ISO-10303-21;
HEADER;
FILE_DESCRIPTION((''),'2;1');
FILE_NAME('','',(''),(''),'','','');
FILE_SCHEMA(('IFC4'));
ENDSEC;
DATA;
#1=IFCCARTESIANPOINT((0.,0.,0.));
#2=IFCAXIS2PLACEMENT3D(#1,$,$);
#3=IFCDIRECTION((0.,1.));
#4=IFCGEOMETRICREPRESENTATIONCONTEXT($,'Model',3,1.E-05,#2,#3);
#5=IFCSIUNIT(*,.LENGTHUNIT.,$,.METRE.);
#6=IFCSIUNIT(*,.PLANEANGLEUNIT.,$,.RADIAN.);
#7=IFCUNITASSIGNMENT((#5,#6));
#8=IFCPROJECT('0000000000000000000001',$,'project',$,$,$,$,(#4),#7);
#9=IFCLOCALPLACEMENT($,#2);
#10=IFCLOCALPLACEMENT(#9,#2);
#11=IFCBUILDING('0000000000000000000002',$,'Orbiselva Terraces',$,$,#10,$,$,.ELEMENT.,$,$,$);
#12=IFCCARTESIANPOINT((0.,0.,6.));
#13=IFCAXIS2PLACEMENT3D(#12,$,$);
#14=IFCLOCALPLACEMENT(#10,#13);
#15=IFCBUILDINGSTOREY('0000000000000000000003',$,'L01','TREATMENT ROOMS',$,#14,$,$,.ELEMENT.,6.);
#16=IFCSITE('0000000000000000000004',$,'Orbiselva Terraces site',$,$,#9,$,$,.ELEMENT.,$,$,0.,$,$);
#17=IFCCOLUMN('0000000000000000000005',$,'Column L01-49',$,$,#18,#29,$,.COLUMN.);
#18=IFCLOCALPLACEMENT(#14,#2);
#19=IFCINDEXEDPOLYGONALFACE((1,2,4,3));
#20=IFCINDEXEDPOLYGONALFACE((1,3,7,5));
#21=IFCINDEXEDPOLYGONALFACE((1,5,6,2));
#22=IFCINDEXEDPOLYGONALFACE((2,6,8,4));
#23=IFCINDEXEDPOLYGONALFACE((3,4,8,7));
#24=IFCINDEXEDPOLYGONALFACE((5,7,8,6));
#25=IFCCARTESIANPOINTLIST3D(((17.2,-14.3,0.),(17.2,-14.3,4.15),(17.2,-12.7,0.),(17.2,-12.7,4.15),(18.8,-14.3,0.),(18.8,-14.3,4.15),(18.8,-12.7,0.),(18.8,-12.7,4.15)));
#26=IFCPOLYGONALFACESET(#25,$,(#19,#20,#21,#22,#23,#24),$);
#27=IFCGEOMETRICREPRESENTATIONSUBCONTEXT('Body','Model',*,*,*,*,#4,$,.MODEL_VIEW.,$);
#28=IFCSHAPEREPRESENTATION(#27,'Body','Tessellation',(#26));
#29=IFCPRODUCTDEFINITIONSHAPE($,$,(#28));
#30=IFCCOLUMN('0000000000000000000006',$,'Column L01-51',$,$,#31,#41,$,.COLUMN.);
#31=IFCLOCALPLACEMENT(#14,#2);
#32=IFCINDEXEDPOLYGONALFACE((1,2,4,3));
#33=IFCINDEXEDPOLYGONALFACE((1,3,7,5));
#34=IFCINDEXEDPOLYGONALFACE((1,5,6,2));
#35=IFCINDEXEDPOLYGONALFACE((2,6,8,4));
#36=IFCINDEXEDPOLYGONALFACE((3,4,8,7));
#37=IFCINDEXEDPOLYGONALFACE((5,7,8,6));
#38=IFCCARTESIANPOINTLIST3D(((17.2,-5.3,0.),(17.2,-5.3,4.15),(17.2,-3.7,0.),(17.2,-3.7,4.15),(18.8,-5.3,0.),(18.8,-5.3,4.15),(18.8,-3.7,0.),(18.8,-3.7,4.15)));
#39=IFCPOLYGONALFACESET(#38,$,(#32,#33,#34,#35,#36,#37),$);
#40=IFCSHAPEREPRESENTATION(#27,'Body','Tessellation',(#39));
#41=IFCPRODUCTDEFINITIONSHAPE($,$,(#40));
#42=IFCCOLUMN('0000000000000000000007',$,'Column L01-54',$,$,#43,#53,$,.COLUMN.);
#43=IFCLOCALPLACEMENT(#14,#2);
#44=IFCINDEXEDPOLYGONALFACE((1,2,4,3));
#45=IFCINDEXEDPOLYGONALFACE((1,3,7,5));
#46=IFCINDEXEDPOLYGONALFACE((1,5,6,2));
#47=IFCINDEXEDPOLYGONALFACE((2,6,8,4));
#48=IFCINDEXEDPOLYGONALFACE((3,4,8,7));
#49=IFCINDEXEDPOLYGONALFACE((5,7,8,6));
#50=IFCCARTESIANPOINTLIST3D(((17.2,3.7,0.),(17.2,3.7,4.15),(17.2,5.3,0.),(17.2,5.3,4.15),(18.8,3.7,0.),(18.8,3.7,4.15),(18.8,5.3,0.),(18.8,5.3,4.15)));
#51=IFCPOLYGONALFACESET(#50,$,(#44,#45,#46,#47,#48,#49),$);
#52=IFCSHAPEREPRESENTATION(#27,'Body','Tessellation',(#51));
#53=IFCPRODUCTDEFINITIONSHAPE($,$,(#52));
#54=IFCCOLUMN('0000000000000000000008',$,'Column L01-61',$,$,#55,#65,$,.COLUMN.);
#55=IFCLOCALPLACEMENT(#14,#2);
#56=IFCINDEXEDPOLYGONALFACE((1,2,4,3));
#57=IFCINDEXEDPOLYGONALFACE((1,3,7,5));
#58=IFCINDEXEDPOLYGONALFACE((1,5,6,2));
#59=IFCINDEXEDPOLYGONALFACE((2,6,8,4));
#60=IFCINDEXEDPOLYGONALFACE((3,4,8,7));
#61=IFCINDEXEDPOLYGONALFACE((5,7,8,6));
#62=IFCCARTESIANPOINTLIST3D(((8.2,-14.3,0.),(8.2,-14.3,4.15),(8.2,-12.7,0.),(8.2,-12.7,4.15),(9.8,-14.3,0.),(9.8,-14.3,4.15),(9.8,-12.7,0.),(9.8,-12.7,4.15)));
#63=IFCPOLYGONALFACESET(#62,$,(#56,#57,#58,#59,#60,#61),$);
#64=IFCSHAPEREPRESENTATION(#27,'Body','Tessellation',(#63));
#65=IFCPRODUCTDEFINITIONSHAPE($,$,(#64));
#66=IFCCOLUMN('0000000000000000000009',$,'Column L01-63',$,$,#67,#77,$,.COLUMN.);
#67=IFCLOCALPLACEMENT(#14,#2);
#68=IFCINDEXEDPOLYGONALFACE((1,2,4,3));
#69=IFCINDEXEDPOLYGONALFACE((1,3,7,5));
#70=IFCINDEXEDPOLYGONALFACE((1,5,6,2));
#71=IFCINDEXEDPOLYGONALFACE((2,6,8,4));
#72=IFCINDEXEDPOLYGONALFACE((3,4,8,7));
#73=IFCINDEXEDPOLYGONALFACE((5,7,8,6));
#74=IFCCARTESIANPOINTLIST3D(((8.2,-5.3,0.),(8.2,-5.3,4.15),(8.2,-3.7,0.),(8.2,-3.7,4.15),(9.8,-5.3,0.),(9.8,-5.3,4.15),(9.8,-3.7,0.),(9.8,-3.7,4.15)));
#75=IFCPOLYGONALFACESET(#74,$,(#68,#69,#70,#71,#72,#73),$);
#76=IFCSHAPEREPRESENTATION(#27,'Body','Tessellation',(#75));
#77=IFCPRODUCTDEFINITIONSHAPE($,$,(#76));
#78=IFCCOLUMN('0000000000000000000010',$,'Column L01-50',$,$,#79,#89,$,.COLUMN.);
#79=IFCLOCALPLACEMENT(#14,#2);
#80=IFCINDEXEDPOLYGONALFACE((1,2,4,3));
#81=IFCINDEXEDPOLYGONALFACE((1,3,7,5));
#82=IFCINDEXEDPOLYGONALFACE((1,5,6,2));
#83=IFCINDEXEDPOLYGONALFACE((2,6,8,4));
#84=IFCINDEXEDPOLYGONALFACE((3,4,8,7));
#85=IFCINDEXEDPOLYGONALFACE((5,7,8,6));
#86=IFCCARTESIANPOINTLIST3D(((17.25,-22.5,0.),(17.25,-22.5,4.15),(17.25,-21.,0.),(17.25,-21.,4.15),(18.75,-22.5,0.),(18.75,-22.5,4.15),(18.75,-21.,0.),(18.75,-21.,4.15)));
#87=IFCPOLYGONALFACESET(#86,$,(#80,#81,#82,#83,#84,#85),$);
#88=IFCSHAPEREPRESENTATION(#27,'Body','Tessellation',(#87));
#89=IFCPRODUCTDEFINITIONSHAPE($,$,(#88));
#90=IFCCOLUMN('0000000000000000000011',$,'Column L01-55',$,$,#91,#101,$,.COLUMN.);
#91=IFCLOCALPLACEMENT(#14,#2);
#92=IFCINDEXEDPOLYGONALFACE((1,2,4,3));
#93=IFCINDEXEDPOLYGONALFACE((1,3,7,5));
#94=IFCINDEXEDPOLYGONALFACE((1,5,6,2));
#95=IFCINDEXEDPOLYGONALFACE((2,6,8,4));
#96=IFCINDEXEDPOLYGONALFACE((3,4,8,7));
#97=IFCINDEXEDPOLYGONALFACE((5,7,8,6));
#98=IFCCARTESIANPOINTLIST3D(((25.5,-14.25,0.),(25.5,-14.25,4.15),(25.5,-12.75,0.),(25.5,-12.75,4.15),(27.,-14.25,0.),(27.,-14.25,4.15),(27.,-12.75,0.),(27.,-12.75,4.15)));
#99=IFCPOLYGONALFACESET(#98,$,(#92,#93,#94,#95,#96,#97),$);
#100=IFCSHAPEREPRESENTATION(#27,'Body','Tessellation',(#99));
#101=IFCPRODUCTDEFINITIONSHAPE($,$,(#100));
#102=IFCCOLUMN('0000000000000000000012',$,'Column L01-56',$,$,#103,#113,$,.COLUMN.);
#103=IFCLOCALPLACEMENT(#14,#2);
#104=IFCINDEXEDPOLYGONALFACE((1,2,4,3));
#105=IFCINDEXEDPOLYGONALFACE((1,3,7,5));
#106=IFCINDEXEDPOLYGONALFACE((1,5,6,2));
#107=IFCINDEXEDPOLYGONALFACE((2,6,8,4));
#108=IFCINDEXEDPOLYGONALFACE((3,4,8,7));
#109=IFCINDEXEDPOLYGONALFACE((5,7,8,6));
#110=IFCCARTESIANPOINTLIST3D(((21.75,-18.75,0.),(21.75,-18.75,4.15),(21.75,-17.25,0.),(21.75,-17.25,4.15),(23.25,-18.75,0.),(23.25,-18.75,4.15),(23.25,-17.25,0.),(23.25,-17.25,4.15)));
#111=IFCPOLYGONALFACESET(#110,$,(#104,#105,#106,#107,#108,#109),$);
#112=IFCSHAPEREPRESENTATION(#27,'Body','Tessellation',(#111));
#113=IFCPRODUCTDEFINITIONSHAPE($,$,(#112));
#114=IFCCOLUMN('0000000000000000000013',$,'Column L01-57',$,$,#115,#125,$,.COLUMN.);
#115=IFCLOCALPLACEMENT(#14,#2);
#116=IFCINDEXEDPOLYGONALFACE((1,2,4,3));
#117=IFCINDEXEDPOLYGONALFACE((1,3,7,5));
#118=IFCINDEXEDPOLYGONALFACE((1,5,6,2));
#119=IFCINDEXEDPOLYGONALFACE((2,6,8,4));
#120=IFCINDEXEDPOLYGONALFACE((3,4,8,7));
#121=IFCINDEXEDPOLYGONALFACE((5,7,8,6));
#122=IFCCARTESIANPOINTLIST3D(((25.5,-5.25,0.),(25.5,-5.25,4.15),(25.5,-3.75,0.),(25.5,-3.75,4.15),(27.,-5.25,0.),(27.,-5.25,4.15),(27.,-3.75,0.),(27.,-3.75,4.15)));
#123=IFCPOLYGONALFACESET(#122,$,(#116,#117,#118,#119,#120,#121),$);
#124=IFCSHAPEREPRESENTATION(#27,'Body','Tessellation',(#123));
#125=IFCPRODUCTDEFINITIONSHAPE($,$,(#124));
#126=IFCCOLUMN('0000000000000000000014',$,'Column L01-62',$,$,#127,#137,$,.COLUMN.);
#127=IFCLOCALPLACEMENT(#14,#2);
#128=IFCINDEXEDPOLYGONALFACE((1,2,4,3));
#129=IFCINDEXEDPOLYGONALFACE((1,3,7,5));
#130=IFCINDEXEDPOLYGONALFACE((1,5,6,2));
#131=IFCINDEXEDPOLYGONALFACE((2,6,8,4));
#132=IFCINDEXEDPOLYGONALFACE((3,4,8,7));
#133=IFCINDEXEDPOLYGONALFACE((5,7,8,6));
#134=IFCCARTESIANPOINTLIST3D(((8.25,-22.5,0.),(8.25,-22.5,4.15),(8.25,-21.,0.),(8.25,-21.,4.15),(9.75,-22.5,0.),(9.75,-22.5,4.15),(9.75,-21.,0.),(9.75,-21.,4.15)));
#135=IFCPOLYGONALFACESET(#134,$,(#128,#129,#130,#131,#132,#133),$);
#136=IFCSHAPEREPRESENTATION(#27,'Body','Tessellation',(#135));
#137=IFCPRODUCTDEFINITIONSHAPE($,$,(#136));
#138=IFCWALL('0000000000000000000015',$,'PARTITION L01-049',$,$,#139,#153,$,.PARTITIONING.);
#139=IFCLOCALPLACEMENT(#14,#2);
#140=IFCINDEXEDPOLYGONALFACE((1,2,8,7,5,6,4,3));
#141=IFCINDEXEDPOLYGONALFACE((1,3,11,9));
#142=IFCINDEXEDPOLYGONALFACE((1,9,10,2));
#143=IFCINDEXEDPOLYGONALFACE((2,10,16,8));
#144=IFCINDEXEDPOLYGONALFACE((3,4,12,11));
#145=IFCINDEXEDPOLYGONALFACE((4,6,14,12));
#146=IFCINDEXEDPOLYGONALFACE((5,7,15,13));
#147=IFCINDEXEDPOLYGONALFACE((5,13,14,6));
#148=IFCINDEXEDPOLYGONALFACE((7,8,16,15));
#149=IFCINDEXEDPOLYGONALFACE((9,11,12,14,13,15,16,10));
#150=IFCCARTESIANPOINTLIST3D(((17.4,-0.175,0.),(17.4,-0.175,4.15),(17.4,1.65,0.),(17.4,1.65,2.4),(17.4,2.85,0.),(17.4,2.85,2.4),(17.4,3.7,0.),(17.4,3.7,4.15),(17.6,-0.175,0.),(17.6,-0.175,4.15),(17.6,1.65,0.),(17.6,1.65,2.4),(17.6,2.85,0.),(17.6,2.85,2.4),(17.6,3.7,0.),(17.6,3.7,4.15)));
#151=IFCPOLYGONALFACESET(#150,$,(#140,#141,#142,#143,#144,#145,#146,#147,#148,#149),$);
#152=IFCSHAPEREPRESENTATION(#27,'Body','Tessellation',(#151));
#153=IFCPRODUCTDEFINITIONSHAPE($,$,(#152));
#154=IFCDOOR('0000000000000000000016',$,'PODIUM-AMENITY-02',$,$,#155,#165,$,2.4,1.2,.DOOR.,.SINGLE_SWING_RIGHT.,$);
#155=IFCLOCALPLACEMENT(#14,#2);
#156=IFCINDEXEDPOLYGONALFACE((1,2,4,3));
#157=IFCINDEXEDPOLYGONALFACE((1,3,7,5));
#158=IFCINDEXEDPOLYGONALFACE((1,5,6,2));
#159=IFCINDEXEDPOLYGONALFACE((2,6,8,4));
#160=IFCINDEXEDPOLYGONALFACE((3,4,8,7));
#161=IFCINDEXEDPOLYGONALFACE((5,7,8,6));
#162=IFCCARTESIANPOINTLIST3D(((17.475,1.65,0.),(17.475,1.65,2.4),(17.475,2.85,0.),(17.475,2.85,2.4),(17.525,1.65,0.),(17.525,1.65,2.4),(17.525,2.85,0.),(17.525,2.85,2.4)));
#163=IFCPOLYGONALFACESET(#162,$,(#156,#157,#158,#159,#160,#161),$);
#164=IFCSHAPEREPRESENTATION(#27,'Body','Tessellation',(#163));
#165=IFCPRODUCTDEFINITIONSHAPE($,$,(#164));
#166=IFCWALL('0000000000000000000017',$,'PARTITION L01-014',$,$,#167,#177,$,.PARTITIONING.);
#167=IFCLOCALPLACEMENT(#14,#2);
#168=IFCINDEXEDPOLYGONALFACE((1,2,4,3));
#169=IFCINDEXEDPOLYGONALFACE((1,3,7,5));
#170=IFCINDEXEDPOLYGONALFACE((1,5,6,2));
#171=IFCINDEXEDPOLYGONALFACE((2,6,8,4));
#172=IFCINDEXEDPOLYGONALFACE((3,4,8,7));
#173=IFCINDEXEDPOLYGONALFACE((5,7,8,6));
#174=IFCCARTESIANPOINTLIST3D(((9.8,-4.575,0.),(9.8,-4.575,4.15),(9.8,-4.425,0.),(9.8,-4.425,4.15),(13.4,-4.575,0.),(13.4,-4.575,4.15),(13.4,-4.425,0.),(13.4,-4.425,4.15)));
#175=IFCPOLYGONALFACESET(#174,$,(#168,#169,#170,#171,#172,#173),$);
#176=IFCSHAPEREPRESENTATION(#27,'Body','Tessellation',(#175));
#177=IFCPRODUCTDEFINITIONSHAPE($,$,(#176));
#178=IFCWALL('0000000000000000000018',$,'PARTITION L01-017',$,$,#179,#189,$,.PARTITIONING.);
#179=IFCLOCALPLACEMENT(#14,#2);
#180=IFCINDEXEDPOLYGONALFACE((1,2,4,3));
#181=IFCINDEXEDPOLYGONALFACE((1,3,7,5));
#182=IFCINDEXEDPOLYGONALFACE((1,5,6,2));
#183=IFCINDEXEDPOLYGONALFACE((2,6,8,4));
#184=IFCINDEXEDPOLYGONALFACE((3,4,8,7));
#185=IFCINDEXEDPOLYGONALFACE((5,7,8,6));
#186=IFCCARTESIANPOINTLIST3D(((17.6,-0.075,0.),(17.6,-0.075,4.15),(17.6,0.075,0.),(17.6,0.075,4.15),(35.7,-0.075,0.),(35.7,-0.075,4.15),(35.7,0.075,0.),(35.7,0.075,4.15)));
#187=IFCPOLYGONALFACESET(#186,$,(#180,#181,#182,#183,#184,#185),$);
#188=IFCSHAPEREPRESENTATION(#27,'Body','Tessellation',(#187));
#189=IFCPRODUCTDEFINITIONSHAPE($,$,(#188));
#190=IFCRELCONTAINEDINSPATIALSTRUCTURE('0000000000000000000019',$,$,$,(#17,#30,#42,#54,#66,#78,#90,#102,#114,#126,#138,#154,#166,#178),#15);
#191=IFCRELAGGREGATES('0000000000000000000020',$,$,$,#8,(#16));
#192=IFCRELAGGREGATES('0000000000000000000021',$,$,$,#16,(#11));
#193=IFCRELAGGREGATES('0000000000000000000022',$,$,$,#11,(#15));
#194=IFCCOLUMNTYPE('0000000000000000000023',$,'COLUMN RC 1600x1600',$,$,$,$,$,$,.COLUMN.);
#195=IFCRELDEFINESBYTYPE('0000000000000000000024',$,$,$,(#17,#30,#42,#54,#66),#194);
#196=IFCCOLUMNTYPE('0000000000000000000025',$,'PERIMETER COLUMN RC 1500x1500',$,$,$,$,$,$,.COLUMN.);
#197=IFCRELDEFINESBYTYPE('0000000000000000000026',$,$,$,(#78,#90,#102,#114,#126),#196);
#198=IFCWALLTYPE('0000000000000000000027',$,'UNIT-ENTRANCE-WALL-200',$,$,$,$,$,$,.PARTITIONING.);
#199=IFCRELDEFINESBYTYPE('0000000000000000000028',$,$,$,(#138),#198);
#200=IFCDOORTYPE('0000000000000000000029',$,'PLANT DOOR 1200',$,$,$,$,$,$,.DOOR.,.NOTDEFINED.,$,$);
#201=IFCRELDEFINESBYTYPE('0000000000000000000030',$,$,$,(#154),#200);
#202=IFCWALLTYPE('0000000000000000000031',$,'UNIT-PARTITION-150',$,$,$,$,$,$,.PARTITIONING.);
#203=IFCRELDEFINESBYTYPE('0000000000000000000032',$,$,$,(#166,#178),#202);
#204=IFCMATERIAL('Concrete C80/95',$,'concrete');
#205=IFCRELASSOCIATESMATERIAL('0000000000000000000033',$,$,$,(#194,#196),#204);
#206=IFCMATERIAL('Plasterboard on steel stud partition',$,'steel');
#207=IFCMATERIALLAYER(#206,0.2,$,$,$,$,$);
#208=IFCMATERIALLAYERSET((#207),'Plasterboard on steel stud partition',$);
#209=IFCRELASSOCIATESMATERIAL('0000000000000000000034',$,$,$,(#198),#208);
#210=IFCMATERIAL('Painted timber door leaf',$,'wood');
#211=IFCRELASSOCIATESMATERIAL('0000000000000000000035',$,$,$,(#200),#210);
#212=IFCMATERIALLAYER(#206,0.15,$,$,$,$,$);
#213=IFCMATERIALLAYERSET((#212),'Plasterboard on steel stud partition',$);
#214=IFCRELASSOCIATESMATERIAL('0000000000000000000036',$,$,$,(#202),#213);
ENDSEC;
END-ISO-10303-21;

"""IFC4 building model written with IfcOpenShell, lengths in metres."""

from ifc_helpers import new_model, si_unit, direction, frame, frame_2d, origin, origin_2d, place, context, subcontext, project, spatial, rectangle, extrude, material, layer, layer_set, material_profile, profile_set, type_object, element, fill, save


model = new_model("IFC4")

# Units and contexts
model_context = context("Model", 3, precision=1e-05, world=origin(), true_north=direction((0.0, 1.0)))
body_context = subcontext(model_context, "Body", "Model", "MODEL_VIEW")
ifc_project = project(units=[si_unit("LENGTHUNIT", "METRE"), si_unit("PLANEANGLEUNIT", "RADIAN")], contexts=[model_context])

# Site, building, storey
site_placement = place(None, origin())
site = spatial("IfcSite", under=ifc_project, at=site_placement, Name="Orbiselva Terraces site", CompositionType="ELEMENT", RefElevation=0.0)
building_placement = place(site_placement, origin())
building = spatial("IfcBuilding", under=site, at=building_placement, Name="Orbiselva Terraces", CompositionType="ELEMENT")
storey_placement = place(building_placement, frame((0.0, 0.0, 6.0)))
storey = spatial("IfcBuildingStorey", under=building, at=storey_placement, Name="L01", Description="TREATMENT ROOMS", CompositionType="ELEMENT", Elevation=6.0)

# Columns
ifc_material_1 = material(Name="Concrete C80/95", Category="concrete")
ifc_material_profile_1 = material_profile(ifc_material_1, rectangle(XDim=1.6, YDim=1.6, at=origin_2d()), Name="RC 1600x1600")
ifc_profile_set_1 = profile_set([ifc_material_profile_1], Name="Concrete C80/95")
column_type_1 = type_object("IfcColumnType", Name="COLUMN RC 1600x1600", PredefinedType="COLUMN", material=ifc_profile_set_1)
for number, where, z_axis, x_axis, name in (
    (1, (18.0, -13.5, 0.0), (0.0, 0.0, 1.0), (1.0, 0.0, 0.0), "Column L01-49"),
    (2, (18.0, -4.5, 0.0), (0.0, 0.0, 1.0), (1.0, 0.0, 0.0), "Column L01-51"),
    (3, (18.0, 4.5, 0.0), (0.0, 0.0, 1.0), (1.0, 0.0, 0.0), "Column L01-54"),
    (4, (9.0, -13.5, 0.0), (0.0, 0.0, 1.0), (1.0, 0.0, 0.0), "Column L01-61"),
    (5, (9.0, -4.5, 0.0), (0.0, 0.0, 1.0), (1.0, 0.0, 0.0), "Column L01-63"),
):
    element("IfcColumn", number, at=place(storey_placement, frame(where, z_axis=z_axis, x_axis=x_axis)), inside=storey, type_object=column_type_1, Name=name, PredefinedType="COLUMN", context=body_context, shape_type="SweptSolid", body=[
        extrude(rectangle(XDim=1.6, YDim=1.6, at=origin_2d()), origin(), (0.0, 0.0, 1.0), 4.15),
    ])
ifc_material_profile_2 = material_profile(ifc_material_1, rectangle(XDim=1.5, YDim=1.5, at=origin_2d()), Name="RC 1500x1500")
ifc_profile_set_2 = profile_set([ifc_material_profile_2], Name="Concrete C80/95")
column_type_2 = type_object("IfcColumnType", Name="PERIMETER COLUMN RC 1500x1500", PredefinedType="COLUMN", material=ifc_profile_set_2)
for number, where, z_axis, x_axis, name in (
    (6, (18.0, -21.75, 0.0), (0.0, 0.0, 1.0), (1.0, 0.0, 0.0), "Column L01-50"),
    (7, (26.25, -13.5, 0.0), (0.0, 0.0, 1.0), (1.0, 0.0, 0.0), "Column L01-55"),
    (8, (22.5, -18.0, 0.0), (0.0, 0.0, 1.0), (1.0, 0.0, 0.0), "Column L01-56"),
    (9, (26.25, -4.5, 0.0), (0.0, 0.0, 1.0), (1.0, 0.0, 0.0), "Column L01-57"),
    (10, (9.0, -21.75, 0.0), (0.0, 0.0, 1.0), (1.0, 0.0, 0.0), "Column L01-62"),
):
    element("IfcColumn", number, at=place(storey_placement, frame(where, z_axis=z_axis, x_axis=x_axis)), inside=storey, type_object=column_type_2, Name=name, PredefinedType="COLUMN", context=body_context, shape_type="SweptSolid", body=[
        extrude(rectangle(XDim=1.5, YDim=1.5, at=origin_2d()), origin(), (0.0, 0.0, 1.0), 4.15),
    ])

# Wall, opening, door
ifc_material_2 = material(Name="Plasterboard on steel stud partition", Category="steel")
ifc_layer_1 = layer(ifc_material_2, 0.2)
ifc_layer_set_1 = layer_set([ifc_layer_1], Name="Plasterboard on steel stud partition")
wall_type_1 = type_object("IfcWallType", Name="UNIT-ENTRANCE-WALL-200", PredefinedType="PARTITIONING", material=ifc_layer_set_1)
wall_1_placement = place(storey_placement, frame((17.5, -0.175, 0.0), z_axis=(0.0, 0.0, 1.0), x_axis=(0.0, 1.0, 0.0)))
wall_1 = element("IfcWall", 11, at=wall_1_placement, inside=storey, type_object=wall_type_1, Name="PARTITION L01-049", PredefinedType="PARTITIONING", context=body_context, shape_type="SweptSolid", body=[
    extrude(rectangle(XDim=3.875, YDim=0.2, at=frame_2d((1.9375, 0.0))), origin(), (0.0, 0.0, 1.0), 4.15),
])
opening_1_placement = place(wall_1_placement, frame((1.825, 0.0, 0.0)))
opening_1 = element("IfcOpeningElement", 12, at=opening_1_placement, cuts=wall_1, PredefinedType="OPENING", context=body_context, shape_type="SweptSolid", body=[
    extrude(rectangle(XDim=1.2, YDim=2.4, at=frame_2d((0.6, 1.2))), frame((0.0, 0.11, 0.0), z_axis=(0.0, -1.0, 0.0), x_axis=(1.0, 0.0, 0.0)), (0.0, 0.0, 1.0), 0.22),
])
ifc_material_3 = material(Name="Painted timber door leaf", Category="wood")
door_type_1 = type_object("IfcDoorType", Name="PLANT DOOR 1200", OperationType="NOTDEFINED", PredefinedType="DOOR", material=ifc_material_3)
door_1_placement = place(opening_1_placement, origin())
door_1 = element("IfcDoor", 13, at=door_1_placement, inside=storey, type_object=door_type_1, Name="PODIUM-AMENITY-02", OperationType="SINGLE_SWING_RIGHT", OverallHeight=2.4, OverallWidth=1.2, PredefinedType="DOOR", context=body_context, shape_type="SweptSolid", body=[
    extrude(rectangle(XDim=1.2, YDim=2.4, at=frame_2d((0.6, 1.2))), frame((0.0, 0.025, 0.0), z_axis=(0.0, -1.0, 0.0), x_axis=(1.0, 0.0, 0.0)), (0.0, 0.0, 1.0), 0.05),
])
fill(opening_1, door_1)

# Walls
ifc_layer_2 = layer(ifc_material_2, 0.15)
ifc_layer_set_2 = layer_set([ifc_layer_2], Name="Plasterboard on steel stud partition")
wall_type_2 = type_object("IfcWallType", Name="UNIT-PARTITION-150", PredefinedType="PARTITIONING", material=ifc_layer_set_2)
wall_2_placement = place(storey_placement, frame((9.8, -4.5, 0.0), z_axis=(0.0, 0.0, 1.0), x_axis=(1.0, 0.0, 0.0)))
element("IfcWall", 14, at=wall_2_placement, inside=storey, type_object=wall_type_2, Name="PARTITION L01-014", PredefinedType="PARTITIONING", context=body_context, shape_type="SweptSolid", body=[
    extrude(rectangle(XDim=3.6, YDim=0.15, at=frame_2d((1.8, 0.0))), origin(), (0.0, 0.0, 1.0), 4.15),
])
wall_3_placement = place(storey_placement, frame((17.6, 0.0, 0.0), z_axis=(0.0, 0.0, 1.0), x_axis=(1.0, 0.0, 0.0)))
element("IfcWall", 15, at=wall_3_placement, inside=storey, type_object=wall_type_2, Name="PARTITION L01-017", PredefinedType="PARTITIONING", context=body_context, shape_type="SweptSolid", body=[
    extrude(rectangle(XDim=18.1, YDim=0.15, at=frame_2d((9.05, 0.0))), origin(), (0.0, 0.0, 1.0), 4.15),
])

save(model, "model.ifc")
